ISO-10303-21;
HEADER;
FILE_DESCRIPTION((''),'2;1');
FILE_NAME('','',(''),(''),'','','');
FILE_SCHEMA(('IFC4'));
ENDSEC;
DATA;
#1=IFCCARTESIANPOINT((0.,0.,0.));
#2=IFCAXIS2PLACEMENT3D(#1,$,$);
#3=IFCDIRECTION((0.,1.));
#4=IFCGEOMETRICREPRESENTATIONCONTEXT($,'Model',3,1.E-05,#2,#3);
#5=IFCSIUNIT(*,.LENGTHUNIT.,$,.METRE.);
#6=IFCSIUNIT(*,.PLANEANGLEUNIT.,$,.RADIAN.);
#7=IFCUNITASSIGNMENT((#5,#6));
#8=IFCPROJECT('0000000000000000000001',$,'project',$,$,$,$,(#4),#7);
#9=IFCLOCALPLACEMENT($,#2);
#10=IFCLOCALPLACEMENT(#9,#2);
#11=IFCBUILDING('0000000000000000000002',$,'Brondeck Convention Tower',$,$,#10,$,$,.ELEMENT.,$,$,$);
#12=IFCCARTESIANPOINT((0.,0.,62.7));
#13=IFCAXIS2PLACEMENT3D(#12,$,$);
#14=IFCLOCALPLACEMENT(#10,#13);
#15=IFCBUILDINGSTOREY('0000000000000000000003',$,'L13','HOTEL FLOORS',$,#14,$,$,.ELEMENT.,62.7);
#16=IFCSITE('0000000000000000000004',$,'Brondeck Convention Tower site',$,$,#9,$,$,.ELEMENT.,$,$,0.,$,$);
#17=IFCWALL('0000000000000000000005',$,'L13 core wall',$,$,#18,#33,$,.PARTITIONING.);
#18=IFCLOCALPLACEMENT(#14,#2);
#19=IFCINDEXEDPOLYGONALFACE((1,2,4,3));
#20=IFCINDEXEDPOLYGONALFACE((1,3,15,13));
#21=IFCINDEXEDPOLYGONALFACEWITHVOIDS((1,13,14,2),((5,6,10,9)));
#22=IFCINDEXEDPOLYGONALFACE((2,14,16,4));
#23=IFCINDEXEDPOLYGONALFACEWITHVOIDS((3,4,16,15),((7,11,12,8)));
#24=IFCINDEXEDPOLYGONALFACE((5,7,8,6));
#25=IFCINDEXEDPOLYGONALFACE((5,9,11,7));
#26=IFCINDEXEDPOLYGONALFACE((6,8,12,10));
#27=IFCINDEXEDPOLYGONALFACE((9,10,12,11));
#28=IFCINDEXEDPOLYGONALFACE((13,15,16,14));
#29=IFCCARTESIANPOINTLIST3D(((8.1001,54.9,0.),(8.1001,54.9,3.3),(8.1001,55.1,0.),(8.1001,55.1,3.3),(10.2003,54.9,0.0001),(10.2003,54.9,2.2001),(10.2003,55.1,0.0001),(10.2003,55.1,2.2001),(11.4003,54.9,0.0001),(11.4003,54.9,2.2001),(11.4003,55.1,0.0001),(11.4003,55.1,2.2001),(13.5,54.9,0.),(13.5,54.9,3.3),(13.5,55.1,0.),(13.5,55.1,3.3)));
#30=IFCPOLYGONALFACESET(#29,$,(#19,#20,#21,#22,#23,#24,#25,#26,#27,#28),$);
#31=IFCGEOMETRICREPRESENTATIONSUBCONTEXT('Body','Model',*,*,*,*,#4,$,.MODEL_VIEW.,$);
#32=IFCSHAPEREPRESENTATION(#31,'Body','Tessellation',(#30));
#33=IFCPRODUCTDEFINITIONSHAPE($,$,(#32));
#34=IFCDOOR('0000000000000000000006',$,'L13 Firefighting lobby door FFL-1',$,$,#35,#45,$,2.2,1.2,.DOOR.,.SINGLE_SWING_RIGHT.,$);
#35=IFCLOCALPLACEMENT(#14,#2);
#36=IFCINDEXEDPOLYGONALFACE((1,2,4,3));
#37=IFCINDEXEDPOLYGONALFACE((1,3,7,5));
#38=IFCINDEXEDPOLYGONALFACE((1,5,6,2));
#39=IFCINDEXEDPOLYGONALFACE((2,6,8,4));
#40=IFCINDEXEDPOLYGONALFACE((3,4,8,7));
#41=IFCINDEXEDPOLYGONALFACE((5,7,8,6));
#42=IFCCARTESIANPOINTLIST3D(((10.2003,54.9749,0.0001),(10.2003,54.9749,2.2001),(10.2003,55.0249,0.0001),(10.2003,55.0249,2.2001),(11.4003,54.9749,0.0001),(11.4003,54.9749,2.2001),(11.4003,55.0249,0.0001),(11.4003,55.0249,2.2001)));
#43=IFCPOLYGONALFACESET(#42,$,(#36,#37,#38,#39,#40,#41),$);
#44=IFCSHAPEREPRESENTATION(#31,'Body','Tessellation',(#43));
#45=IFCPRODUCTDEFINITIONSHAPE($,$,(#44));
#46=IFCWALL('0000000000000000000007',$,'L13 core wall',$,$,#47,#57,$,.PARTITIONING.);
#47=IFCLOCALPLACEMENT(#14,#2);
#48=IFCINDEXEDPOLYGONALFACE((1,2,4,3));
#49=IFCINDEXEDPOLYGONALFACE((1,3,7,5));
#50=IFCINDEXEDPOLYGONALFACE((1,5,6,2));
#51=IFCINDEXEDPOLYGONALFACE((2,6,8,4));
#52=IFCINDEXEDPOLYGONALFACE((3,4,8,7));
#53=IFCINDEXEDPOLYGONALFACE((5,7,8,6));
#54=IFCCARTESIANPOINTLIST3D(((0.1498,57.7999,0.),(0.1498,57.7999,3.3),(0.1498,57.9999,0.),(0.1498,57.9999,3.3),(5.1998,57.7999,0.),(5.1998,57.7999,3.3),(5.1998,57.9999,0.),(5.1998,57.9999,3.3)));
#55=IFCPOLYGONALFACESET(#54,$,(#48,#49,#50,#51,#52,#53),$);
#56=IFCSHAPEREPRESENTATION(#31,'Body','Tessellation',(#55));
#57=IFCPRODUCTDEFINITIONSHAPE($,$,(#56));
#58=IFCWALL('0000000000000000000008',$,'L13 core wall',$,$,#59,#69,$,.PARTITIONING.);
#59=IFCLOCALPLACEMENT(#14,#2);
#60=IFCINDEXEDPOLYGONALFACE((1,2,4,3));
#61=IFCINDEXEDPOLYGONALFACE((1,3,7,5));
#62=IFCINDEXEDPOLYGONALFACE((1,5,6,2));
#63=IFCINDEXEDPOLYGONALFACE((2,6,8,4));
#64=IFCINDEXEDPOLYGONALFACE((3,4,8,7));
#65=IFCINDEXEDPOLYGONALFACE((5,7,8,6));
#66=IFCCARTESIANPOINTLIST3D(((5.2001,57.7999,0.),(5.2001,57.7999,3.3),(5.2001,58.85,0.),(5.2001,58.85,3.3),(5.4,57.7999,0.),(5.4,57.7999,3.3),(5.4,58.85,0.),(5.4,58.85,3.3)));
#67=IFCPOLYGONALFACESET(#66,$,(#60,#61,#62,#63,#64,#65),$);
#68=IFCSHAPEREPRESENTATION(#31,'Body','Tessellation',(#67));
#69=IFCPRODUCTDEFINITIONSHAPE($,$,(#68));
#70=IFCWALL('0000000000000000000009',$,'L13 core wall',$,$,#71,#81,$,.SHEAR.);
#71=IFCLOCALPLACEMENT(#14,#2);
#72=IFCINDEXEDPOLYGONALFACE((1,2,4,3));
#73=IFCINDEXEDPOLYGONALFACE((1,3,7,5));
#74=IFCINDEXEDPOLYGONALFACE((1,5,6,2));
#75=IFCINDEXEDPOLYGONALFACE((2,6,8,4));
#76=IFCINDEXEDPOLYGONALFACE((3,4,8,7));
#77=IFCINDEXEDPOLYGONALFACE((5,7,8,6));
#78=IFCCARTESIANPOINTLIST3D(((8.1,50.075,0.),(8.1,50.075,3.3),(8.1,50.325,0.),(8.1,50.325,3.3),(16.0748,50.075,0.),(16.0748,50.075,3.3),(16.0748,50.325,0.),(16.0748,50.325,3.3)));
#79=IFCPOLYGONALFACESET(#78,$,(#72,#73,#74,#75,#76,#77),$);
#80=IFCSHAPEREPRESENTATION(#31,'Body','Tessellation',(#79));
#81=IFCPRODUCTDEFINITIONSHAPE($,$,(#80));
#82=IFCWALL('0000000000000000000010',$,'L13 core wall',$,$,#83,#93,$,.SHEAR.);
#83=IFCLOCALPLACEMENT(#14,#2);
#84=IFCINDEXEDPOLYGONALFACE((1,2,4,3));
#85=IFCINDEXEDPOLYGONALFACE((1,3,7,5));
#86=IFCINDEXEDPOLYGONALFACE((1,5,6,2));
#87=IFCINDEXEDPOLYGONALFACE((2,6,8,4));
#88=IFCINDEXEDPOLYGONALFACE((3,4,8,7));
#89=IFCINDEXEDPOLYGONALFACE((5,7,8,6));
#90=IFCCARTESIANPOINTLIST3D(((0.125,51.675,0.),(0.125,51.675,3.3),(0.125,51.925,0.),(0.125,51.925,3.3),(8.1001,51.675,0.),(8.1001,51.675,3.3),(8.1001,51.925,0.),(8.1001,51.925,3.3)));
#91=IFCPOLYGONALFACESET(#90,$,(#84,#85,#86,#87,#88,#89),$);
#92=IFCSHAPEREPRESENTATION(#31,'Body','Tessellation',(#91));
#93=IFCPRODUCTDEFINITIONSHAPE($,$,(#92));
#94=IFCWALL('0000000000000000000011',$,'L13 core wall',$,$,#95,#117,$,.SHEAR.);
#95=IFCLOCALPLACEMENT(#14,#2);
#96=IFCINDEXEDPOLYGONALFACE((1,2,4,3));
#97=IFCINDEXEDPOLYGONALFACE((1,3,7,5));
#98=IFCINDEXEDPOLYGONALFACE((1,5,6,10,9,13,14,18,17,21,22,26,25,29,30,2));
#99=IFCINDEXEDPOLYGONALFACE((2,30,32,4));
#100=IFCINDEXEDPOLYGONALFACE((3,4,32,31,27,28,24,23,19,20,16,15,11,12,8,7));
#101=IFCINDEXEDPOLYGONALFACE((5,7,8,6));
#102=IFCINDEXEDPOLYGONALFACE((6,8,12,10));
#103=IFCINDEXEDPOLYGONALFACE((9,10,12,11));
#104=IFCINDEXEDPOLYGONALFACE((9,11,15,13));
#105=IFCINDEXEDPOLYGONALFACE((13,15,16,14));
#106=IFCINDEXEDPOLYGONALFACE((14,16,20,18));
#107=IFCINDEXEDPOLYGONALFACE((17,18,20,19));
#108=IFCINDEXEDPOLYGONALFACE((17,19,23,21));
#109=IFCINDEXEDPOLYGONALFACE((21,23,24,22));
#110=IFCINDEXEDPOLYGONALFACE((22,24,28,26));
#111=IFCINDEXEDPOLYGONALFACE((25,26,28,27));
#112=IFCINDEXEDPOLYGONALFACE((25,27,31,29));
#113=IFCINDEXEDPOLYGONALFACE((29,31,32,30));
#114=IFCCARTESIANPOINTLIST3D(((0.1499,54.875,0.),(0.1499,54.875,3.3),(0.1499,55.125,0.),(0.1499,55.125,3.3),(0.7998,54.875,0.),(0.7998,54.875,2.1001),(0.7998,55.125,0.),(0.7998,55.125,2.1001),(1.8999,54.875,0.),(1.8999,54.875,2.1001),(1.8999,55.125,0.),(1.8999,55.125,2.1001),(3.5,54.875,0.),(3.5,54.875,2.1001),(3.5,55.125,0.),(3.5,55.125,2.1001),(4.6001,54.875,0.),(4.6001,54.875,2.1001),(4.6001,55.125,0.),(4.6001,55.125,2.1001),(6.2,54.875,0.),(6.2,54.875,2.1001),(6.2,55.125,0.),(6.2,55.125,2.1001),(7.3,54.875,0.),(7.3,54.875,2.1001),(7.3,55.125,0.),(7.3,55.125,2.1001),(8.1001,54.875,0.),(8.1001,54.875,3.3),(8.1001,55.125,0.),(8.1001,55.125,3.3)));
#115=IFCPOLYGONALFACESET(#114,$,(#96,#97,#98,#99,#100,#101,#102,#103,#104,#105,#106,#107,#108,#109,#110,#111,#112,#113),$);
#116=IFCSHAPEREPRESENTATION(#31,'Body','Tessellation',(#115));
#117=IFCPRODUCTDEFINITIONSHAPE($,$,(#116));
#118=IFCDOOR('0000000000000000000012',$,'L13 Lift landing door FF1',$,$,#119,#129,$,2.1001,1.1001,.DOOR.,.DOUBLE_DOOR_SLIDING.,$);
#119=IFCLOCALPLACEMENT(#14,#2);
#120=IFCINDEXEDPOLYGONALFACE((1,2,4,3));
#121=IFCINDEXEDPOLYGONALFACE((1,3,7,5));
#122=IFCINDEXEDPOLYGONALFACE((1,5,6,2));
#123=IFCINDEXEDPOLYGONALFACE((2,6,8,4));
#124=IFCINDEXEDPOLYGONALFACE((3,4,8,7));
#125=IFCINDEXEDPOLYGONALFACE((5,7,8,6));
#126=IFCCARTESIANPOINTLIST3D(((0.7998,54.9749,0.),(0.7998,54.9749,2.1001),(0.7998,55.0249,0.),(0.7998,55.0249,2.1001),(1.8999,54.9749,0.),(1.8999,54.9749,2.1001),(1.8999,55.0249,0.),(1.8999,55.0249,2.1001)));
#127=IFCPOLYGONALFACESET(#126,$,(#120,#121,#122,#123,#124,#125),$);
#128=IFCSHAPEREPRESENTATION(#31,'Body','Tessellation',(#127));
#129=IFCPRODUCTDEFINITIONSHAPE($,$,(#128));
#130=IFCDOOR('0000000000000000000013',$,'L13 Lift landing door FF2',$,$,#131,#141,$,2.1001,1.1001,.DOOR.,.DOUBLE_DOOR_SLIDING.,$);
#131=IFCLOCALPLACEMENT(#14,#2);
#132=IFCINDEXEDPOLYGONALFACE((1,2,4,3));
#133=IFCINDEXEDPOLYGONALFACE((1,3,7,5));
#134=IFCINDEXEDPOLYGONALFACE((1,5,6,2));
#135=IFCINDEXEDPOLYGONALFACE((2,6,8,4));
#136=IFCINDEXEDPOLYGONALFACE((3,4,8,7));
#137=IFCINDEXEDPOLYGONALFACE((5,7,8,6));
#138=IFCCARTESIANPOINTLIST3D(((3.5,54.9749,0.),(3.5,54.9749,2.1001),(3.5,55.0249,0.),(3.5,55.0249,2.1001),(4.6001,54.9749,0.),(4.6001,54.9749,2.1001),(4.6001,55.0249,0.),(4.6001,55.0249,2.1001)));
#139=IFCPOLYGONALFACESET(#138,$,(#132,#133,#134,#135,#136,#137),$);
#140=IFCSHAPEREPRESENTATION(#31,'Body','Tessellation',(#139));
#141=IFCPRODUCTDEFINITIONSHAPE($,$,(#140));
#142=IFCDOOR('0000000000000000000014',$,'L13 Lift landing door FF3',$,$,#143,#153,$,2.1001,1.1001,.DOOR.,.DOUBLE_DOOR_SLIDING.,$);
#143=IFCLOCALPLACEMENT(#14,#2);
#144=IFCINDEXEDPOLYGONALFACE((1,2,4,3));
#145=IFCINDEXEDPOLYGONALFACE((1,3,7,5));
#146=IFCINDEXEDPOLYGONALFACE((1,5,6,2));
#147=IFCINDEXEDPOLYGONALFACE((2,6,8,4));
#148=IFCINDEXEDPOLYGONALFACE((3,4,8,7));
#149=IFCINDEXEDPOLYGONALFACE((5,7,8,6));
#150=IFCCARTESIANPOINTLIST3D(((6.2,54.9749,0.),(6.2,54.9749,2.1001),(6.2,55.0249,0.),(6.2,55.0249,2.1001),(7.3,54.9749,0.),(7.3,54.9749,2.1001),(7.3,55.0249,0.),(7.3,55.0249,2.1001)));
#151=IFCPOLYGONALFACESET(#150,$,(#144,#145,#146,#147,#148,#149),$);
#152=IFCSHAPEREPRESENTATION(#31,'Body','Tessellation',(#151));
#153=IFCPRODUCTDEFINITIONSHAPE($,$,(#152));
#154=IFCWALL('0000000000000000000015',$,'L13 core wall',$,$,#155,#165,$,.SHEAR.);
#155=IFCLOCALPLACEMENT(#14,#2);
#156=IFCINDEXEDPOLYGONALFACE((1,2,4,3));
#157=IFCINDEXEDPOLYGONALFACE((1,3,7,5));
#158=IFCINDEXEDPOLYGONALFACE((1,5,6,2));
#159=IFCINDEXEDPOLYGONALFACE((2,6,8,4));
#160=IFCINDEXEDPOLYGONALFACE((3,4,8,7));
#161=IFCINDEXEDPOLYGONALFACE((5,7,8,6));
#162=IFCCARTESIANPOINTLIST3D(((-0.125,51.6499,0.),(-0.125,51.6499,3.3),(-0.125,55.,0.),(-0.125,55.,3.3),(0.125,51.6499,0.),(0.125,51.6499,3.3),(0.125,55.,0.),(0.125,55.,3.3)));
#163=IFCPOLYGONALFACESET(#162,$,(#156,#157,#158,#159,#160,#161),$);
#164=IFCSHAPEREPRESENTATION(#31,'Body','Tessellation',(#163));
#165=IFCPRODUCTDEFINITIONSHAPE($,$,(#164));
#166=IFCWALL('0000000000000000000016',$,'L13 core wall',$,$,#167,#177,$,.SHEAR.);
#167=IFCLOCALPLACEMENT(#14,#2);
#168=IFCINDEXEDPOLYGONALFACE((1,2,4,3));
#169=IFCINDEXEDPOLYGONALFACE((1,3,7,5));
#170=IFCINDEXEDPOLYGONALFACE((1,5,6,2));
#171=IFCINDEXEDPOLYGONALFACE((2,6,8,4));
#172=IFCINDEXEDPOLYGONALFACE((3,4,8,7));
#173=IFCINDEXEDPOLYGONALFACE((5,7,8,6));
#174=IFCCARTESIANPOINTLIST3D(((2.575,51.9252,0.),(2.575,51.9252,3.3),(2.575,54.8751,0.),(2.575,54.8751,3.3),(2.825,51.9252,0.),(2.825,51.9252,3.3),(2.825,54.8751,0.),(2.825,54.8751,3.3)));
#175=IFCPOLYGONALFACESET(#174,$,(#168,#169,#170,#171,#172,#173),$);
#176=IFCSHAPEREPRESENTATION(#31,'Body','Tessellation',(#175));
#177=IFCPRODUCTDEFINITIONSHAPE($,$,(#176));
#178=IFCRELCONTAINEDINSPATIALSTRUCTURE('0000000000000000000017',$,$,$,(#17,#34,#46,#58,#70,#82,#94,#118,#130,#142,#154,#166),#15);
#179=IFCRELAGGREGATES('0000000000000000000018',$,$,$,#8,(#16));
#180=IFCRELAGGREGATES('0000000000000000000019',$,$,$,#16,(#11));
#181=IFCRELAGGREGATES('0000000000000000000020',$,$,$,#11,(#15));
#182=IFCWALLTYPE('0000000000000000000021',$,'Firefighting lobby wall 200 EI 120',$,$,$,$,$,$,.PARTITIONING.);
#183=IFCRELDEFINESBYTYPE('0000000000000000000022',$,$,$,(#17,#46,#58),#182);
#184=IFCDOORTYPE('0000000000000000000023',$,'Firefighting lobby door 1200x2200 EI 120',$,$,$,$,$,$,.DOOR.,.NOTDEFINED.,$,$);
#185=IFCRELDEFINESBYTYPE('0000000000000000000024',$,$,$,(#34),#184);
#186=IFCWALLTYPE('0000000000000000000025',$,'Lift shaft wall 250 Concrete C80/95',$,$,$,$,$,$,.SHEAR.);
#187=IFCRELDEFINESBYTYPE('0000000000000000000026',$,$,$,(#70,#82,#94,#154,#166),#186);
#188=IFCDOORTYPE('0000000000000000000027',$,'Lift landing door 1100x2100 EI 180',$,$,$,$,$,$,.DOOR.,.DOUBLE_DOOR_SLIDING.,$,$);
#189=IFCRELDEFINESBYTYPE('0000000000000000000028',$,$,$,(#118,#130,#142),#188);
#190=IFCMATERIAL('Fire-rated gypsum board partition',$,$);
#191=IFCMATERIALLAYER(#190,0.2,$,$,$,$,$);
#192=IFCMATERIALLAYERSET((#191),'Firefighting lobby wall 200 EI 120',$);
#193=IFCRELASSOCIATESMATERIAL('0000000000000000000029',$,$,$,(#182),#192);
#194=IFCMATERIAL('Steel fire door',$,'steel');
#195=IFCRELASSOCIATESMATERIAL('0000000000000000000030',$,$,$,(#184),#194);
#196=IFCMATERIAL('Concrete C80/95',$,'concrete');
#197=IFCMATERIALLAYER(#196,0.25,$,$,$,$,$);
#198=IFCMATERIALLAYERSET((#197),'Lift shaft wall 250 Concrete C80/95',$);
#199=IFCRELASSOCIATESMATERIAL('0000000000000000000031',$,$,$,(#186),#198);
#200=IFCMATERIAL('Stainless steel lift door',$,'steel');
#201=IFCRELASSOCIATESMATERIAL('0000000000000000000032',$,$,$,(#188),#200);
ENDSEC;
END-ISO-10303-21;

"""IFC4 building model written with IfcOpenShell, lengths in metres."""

from ifc_helpers import new_model, si_unit, direction, frame, frame_2d, origin, place, context, subcontext, project, spatial, rectangle, extrude, material, layer, layer_set, type_object, element, fill, save


model = new_model("IFC4")

# Units and contexts
model_context = context("Model", 3, precision=1e-05, world=origin(), true_north=direction((0.0, 1.0)))
body_context = subcontext(model_context, "Body", "Model", "MODEL_VIEW")
ifc_project = project(units=[si_unit("LENGTHUNIT", "METRE"), si_unit("PLANEANGLEUNIT", "RADIAN")], contexts=[model_context])

# Site, building, storey
site_placement = place(None, origin())
site = spatial("IfcSite", under=ifc_project, at=site_placement, Name="Brondeck Convention Tower site", CompositionType="ELEMENT", RefElevation=0.0)
building_placement = place(site_placement, origin())
building = spatial("IfcBuilding", under=site, at=building_placement, Name="Brondeck Convention Tower", CompositionType="ELEMENT")
storey_placement = place(building_placement, frame((0.0, 0.0, 62.7)))
storey = spatial("IfcBuildingStorey", under=building, at=storey_placement, Name="L13", Description="HOTEL FLOORS", CompositionType="ELEMENT", Elevation=62.7)

# Shared definitions
ifc_material_1 = material(Name="Concrete C80/95", Category="concrete")

# Shared definitions
ifc_material_2 = material(Name="Fire-rated gypsum board partition")

# Wall, opening, door
ifc_layer_1 = layer(ifc_material_2, 0.2)
ifc_layer_set_1 = layer_set([ifc_layer_1], Name="Firefighting lobby wall 200 EI 120")
wall_type_1 = type_object("IfcWallType", Name="Firefighting lobby wall 200 EI 120", PredefinedType="PARTITIONING", material=ifc_layer_set_1)
wall_1_placement = place(storey_placement, frame((8.1001, 55.0, 0.0), z_axis=(0.0, 0.0, 1.0), x_axis=(1.0, 0.0, 0.0)))
wall_1 = element("IfcWall", 1, at=wall_1_placement, inside=storey, type_object=wall_type_1, Name="L13 core wall", PredefinedType="PARTITIONING", context=body_context, shape_type="SweptSolid", body=[
    extrude(rectangle(XDim=5.3999, YDim=0.2, at=frame_2d((2.7, 0.0))), origin(), (0.0, 0.0, 1.0), 3.3),
])
opening_1_placement = place(wall_1_placement, frame((2.1001, 0.0, 0.0)))
opening_1 = element("IfcOpeningElement", 2, at=opening_1_placement, cuts=wall_1, PredefinedType="OPENING", context=body_context, shape_type="SweptSolid", body=[
    extrude(rectangle(XDim=1.2, YDim=2.2, at=frame_2d((0.6001, 1.1001))), frame((0.0, 0.1099, 0.0), z_axis=(0.0, -1.0, 0.0), x_axis=(1.0, 0.0, 0.0)), (0.0, 0.0, 1.0), 0.22),
])
ifc_material_3 = material(Name="Steel fire door", Category="steel")
door_type_1 = type_object("IfcDoorType", Name="Firefighting lobby door 1200x2200 EI 120", OperationType="NOTDEFINED", PredefinedType="DOOR", material=ifc_material_3)
door_1_placement = place(opening_1_placement, origin())
door_1 = element("IfcDoor", 3, at=door_1_placement, inside=storey, type_object=door_type_1, Name="L13 Firefighting lobby door FFL-1", OperationType="SINGLE_SWING_RIGHT", OverallHeight=2.2, OverallWidth=1.2, PredefinedType="DOOR", context=body_context, shape_type="SweptSolid", body=[
    extrude(rectangle(XDim=1.2, YDim=2.2, at=frame_2d((0.6001, 1.1001))), frame((0.0, 0.0249, 0.0), z_axis=(0.0, -1.0, 0.0), x_axis=(1.0, 0.0, 0.0)), (0.0, 0.0, 1.0), 0.05),
])
fill(opening_1, door_1)

# Walls
wall_2_placement = place(storey_placement, frame((0.1499, 57.8999, 0.0), z_axis=(0.0, 0.0, 1.0), x_axis=(1.0, 0.0, 0.0)))
element("IfcWall", 4, at=wall_2_placement, inside=storey, type_object=wall_type_1, Name="L13 core wall", PredefinedType="PARTITIONING", context=body_context, shape_type="SweptSolid", body=[
    extrude(rectangle(XDim=5.05, YDim=0.2, at=frame_2d((2.5249, 0.0))), origin(), (0.0, 0.0, 1.0), 3.3),
])
wall_3_placement = place(storey_placement, frame((5.3, 57.8, 0.0), z_axis=(0.0, 0.0, 1.0), x_axis=(0.0, 1.0, 0.0)))
element("IfcWall", 5, at=wall_3_placement, inside=storey, type_object=wall_type_1, Name="L13 core wall", PredefinedType="PARTITIONING", context=body_context, shape_type="SweptSolid", body=[
    extrude(rectangle(XDim=1.05, YDim=0.2, at=frame_2d((0.5249, 0.0))), origin(), (0.0, 0.0, 1.0), 3.3),
])
ifc_layer_2 = layer(ifc_material_1, 0.25)
ifc_layer_set_2 = layer_set([ifc_layer_2], Name="Lift shaft wall 250 Concrete C80/95")
wall_type_2 = type_object("IfcWallType", Name="Lift shaft wall 250 Concrete C80/95", PredefinedType="SHEAR", material=ifc_layer_set_2)
wall_4_placement = place(storey_placement, frame((8.1001, 50.2, 0.0), z_axis=(0.0, 0.0, 1.0), x_axis=(1.0, 0.0, 0.0)))
element("IfcWall", 6, at=wall_4_placement, inside=storey, type_object=wall_type_2, Name="L13 core wall", PredefinedType="SHEAR", context=body_context, shape_type="SweptSolid", body=[
    extrude(rectangle(XDim=7.9749, YDim=0.25, at=frame_2d((3.9873, 0.0))), origin(), (0.0, 0.0, 1.0), 3.3),
])
wall_5_placement = place(storey_placement, frame((0.125, 51.8, 0.0), z_axis=(0.0, 0.0, 1.0), x_axis=(1.0, 0.0, 0.0)))
element("IfcWall", 7, at=wall_5_placement, inside=storey, type_object=wall_type_2, Name="L13 core wall", PredefinedType="SHEAR", context=body_context, shape_type="SweptSolid", body=[
    extrude(rectangle(XDim=7.9751, YDim=0.25, at=frame_2d((3.9875, 0.0))), origin(), (0.0, 0.0, 1.0), 3.3),
])

# Wall, openings, doors
wall_6_placement = place(storey_placement, frame((0.1499, 55.0, 0.0), z_axis=(0.0, 0.0, 1.0), x_axis=(1.0, 0.0, 0.0)))
wall_6 = element("IfcWall", 8, at=wall_6_placement, inside=storey, type_object=wall_type_2, Name="L13 core wall", PredefinedType="SHEAR", context=body_context, shape_type="SweptSolid", body=[
    extrude(rectangle(XDim=7.9502, YDim=0.25, at=frame_2d((3.9751, 0.0))), origin(), (0.0, 0.0, 1.0), 3.3),
])
opening_2_placement = place(wall_6_placement, frame((0.6499, 0.0, 0.0)))
opening_2 = element("IfcOpeningElement", 9, at=opening_2_placement, cuts=wall_6, PredefinedType="OPENING", context=body_context, shape_type="SweptSolid", body=[
    extrude(rectangle(XDim=1.1001, YDim=2.1001, at=frame_2d((0.55, 1.05))), frame((0.0, 0.135, 0.0), z_axis=(0.0, -1.0, 0.0), x_axis=(1.0, 0.0, 0.0)), (0.0, 0.0, 1.0), 0.27),
])
opening_3_placement = place(wall_6_placement, frame((3.3501, 0.0, 0.0)))
opening_3 = element("IfcOpeningElement", 10, at=opening_3_placement, cuts=wall_6, PredefinedType="OPENING", context=body_context, shape_type="SweptSolid", body=[
    extrude(rectangle(XDim=1.1001, YDim=2.1001, at=frame_2d((0.55, 1.05))), frame((0.0, 0.135, 0.0), z_axis=(0.0, -1.0, 0.0), x_axis=(1.0, 0.0, 0.0)), (0.0, 0.0, 1.0), 0.27),
])
opening_4_placement = place(wall_6_placement, frame((6.05, 0.0, 0.0)))
opening_4 = element("IfcOpeningElement", 11, at=opening_4_placement, cuts=wall_6, PredefinedType="OPENING", context=body_context, shape_type="SweptSolid", body=[
    extrude(rectangle(XDim=1.1001, YDim=2.1001, at=frame_2d((0.55, 1.05))), frame((0.0, 0.135, 0.0), z_axis=(0.0, -1.0, 0.0), x_axis=(1.0, 0.0, 0.0)), (0.0, 0.0, 1.0), 0.27),
])
ifc_material_4 = material(Name="Stainless steel lift door", Category="steel")
door_type_2 = type_object("IfcDoorType", Name="Lift landing door 1100x2100 EI 180", OperationType="DOUBLE_DOOR_SLIDING", PredefinedType="DOOR", material=ifc_material_4)
door_2_placement = place(opening_2_placement, origin())
door_2 = element("IfcDoor", 12, at=door_2_placement, inside=storey, type_object=door_type_2, Name="L13 Lift landing door FF1", OperationType="DOUBLE_DOOR_SLIDING", OverallHeight=2.1001, OverallWidth=1.1001, PredefinedType="DOOR", context=body_context, shape_type="SweptSolid", body=[
    extrude(rectangle(XDim=1.1001, YDim=2.1001, at=frame_2d((0.55, 1.05))), frame((0.0, 0.0249, 0.0), z_axis=(0.0, -1.0, 0.0), x_axis=(1.0, 0.0, 0.0)), (0.0, 0.0, 1.0), 0.05),
])
fill(opening_2, door_2)
door_3_placement = place(opening_3_placement, origin())
door_3 = element("IfcDoor", 13, at=door_3_placement, inside=storey, type_object=door_type_2, Name="L13 Lift landing door FF2", OperationType="DOUBLE_DOOR_SLIDING", OverallHeight=2.1001, OverallWidth=1.1001, PredefinedType="DOOR", context=body_context, shape_type="SweptSolid", body=[
    extrude(rectangle(XDim=1.1001, YDim=2.1001, at=frame_2d((0.55, 1.05))), frame((0.0, 0.0249, 0.0), z_axis=(0.0, -1.0, 0.0), x_axis=(1.0, 0.0, 0.0)), (0.0, 0.0, 1.0), 0.05),
])
fill(opening_3, door_3)
door_4_placement = place(opening_4_placement, origin())
door_4 = element("IfcDoor", 14, at=door_4_placement, inside=storey, type_object=door_type_2, Name="L13 Lift landing door FF3", OperationType="DOUBLE_DOOR_SLIDING", OverallHeight=2.1001, OverallWidth=1.1001, PredefinedType="DOOR", context=body_context, shape_type="SweptSolid", body=[
    extrude(rectangle(XDim=1.1001, YDim=2.1001, at=frame_2d((0.55, 1.05))), frame((0.0, 0.0249, 0.0), z_axis=(0.0, -1.0, 0.0), x_axis=(1.0, 0.0, 0.0)), (0.0, 0.0, 1.0), 0.05),
])
fill(opening_4, door_4)

# Walls
wall_7_placement = place(storey_placement, frame((0.0, 51.6499, 0.0), z_axis=(0.0, 0.0, 1.0), x_axis=(0.0, 1.0, 0.0)))
element("IfcWall", 15, at=wall_7_placement, inside=storey, type_object=wall_type_2, Name="L13 core wall", PredefinedType="SHEAR", context=body_context, shape_type="SweptSolid", body=[
    extrude(rectangle(XDim=3.3501, YDim=0.25, at=frame_2d((1.675, 0.0))), origin(), (0.0, 0.0, 1.0), 3.3),
])
for number, where, z_axis, x_axis, name in (
    (16, (2.7, 51.925, 0.0), (0.0, 0.0, 1.0), (0.0, 1.0, 0.0), "L13 core wall"),
):
    element("IfcWall", number, at=place(storey_placement, frame(where, z_axis=z_axis, x_axis=x_axis)), inside=storey, type_object=wall_type_2, Name=name, PredefinedType="SHEAR", context=body_context, shape_type="SweptSolid", body=[
        extrude(rectangle(XDim=2.95, YDim=0.25, at=frame_2d((1.4751, 0.0))), origin(), (0.0, 0.0, 1.0), 3.3),
    ])

save(model, "model.ifc")
